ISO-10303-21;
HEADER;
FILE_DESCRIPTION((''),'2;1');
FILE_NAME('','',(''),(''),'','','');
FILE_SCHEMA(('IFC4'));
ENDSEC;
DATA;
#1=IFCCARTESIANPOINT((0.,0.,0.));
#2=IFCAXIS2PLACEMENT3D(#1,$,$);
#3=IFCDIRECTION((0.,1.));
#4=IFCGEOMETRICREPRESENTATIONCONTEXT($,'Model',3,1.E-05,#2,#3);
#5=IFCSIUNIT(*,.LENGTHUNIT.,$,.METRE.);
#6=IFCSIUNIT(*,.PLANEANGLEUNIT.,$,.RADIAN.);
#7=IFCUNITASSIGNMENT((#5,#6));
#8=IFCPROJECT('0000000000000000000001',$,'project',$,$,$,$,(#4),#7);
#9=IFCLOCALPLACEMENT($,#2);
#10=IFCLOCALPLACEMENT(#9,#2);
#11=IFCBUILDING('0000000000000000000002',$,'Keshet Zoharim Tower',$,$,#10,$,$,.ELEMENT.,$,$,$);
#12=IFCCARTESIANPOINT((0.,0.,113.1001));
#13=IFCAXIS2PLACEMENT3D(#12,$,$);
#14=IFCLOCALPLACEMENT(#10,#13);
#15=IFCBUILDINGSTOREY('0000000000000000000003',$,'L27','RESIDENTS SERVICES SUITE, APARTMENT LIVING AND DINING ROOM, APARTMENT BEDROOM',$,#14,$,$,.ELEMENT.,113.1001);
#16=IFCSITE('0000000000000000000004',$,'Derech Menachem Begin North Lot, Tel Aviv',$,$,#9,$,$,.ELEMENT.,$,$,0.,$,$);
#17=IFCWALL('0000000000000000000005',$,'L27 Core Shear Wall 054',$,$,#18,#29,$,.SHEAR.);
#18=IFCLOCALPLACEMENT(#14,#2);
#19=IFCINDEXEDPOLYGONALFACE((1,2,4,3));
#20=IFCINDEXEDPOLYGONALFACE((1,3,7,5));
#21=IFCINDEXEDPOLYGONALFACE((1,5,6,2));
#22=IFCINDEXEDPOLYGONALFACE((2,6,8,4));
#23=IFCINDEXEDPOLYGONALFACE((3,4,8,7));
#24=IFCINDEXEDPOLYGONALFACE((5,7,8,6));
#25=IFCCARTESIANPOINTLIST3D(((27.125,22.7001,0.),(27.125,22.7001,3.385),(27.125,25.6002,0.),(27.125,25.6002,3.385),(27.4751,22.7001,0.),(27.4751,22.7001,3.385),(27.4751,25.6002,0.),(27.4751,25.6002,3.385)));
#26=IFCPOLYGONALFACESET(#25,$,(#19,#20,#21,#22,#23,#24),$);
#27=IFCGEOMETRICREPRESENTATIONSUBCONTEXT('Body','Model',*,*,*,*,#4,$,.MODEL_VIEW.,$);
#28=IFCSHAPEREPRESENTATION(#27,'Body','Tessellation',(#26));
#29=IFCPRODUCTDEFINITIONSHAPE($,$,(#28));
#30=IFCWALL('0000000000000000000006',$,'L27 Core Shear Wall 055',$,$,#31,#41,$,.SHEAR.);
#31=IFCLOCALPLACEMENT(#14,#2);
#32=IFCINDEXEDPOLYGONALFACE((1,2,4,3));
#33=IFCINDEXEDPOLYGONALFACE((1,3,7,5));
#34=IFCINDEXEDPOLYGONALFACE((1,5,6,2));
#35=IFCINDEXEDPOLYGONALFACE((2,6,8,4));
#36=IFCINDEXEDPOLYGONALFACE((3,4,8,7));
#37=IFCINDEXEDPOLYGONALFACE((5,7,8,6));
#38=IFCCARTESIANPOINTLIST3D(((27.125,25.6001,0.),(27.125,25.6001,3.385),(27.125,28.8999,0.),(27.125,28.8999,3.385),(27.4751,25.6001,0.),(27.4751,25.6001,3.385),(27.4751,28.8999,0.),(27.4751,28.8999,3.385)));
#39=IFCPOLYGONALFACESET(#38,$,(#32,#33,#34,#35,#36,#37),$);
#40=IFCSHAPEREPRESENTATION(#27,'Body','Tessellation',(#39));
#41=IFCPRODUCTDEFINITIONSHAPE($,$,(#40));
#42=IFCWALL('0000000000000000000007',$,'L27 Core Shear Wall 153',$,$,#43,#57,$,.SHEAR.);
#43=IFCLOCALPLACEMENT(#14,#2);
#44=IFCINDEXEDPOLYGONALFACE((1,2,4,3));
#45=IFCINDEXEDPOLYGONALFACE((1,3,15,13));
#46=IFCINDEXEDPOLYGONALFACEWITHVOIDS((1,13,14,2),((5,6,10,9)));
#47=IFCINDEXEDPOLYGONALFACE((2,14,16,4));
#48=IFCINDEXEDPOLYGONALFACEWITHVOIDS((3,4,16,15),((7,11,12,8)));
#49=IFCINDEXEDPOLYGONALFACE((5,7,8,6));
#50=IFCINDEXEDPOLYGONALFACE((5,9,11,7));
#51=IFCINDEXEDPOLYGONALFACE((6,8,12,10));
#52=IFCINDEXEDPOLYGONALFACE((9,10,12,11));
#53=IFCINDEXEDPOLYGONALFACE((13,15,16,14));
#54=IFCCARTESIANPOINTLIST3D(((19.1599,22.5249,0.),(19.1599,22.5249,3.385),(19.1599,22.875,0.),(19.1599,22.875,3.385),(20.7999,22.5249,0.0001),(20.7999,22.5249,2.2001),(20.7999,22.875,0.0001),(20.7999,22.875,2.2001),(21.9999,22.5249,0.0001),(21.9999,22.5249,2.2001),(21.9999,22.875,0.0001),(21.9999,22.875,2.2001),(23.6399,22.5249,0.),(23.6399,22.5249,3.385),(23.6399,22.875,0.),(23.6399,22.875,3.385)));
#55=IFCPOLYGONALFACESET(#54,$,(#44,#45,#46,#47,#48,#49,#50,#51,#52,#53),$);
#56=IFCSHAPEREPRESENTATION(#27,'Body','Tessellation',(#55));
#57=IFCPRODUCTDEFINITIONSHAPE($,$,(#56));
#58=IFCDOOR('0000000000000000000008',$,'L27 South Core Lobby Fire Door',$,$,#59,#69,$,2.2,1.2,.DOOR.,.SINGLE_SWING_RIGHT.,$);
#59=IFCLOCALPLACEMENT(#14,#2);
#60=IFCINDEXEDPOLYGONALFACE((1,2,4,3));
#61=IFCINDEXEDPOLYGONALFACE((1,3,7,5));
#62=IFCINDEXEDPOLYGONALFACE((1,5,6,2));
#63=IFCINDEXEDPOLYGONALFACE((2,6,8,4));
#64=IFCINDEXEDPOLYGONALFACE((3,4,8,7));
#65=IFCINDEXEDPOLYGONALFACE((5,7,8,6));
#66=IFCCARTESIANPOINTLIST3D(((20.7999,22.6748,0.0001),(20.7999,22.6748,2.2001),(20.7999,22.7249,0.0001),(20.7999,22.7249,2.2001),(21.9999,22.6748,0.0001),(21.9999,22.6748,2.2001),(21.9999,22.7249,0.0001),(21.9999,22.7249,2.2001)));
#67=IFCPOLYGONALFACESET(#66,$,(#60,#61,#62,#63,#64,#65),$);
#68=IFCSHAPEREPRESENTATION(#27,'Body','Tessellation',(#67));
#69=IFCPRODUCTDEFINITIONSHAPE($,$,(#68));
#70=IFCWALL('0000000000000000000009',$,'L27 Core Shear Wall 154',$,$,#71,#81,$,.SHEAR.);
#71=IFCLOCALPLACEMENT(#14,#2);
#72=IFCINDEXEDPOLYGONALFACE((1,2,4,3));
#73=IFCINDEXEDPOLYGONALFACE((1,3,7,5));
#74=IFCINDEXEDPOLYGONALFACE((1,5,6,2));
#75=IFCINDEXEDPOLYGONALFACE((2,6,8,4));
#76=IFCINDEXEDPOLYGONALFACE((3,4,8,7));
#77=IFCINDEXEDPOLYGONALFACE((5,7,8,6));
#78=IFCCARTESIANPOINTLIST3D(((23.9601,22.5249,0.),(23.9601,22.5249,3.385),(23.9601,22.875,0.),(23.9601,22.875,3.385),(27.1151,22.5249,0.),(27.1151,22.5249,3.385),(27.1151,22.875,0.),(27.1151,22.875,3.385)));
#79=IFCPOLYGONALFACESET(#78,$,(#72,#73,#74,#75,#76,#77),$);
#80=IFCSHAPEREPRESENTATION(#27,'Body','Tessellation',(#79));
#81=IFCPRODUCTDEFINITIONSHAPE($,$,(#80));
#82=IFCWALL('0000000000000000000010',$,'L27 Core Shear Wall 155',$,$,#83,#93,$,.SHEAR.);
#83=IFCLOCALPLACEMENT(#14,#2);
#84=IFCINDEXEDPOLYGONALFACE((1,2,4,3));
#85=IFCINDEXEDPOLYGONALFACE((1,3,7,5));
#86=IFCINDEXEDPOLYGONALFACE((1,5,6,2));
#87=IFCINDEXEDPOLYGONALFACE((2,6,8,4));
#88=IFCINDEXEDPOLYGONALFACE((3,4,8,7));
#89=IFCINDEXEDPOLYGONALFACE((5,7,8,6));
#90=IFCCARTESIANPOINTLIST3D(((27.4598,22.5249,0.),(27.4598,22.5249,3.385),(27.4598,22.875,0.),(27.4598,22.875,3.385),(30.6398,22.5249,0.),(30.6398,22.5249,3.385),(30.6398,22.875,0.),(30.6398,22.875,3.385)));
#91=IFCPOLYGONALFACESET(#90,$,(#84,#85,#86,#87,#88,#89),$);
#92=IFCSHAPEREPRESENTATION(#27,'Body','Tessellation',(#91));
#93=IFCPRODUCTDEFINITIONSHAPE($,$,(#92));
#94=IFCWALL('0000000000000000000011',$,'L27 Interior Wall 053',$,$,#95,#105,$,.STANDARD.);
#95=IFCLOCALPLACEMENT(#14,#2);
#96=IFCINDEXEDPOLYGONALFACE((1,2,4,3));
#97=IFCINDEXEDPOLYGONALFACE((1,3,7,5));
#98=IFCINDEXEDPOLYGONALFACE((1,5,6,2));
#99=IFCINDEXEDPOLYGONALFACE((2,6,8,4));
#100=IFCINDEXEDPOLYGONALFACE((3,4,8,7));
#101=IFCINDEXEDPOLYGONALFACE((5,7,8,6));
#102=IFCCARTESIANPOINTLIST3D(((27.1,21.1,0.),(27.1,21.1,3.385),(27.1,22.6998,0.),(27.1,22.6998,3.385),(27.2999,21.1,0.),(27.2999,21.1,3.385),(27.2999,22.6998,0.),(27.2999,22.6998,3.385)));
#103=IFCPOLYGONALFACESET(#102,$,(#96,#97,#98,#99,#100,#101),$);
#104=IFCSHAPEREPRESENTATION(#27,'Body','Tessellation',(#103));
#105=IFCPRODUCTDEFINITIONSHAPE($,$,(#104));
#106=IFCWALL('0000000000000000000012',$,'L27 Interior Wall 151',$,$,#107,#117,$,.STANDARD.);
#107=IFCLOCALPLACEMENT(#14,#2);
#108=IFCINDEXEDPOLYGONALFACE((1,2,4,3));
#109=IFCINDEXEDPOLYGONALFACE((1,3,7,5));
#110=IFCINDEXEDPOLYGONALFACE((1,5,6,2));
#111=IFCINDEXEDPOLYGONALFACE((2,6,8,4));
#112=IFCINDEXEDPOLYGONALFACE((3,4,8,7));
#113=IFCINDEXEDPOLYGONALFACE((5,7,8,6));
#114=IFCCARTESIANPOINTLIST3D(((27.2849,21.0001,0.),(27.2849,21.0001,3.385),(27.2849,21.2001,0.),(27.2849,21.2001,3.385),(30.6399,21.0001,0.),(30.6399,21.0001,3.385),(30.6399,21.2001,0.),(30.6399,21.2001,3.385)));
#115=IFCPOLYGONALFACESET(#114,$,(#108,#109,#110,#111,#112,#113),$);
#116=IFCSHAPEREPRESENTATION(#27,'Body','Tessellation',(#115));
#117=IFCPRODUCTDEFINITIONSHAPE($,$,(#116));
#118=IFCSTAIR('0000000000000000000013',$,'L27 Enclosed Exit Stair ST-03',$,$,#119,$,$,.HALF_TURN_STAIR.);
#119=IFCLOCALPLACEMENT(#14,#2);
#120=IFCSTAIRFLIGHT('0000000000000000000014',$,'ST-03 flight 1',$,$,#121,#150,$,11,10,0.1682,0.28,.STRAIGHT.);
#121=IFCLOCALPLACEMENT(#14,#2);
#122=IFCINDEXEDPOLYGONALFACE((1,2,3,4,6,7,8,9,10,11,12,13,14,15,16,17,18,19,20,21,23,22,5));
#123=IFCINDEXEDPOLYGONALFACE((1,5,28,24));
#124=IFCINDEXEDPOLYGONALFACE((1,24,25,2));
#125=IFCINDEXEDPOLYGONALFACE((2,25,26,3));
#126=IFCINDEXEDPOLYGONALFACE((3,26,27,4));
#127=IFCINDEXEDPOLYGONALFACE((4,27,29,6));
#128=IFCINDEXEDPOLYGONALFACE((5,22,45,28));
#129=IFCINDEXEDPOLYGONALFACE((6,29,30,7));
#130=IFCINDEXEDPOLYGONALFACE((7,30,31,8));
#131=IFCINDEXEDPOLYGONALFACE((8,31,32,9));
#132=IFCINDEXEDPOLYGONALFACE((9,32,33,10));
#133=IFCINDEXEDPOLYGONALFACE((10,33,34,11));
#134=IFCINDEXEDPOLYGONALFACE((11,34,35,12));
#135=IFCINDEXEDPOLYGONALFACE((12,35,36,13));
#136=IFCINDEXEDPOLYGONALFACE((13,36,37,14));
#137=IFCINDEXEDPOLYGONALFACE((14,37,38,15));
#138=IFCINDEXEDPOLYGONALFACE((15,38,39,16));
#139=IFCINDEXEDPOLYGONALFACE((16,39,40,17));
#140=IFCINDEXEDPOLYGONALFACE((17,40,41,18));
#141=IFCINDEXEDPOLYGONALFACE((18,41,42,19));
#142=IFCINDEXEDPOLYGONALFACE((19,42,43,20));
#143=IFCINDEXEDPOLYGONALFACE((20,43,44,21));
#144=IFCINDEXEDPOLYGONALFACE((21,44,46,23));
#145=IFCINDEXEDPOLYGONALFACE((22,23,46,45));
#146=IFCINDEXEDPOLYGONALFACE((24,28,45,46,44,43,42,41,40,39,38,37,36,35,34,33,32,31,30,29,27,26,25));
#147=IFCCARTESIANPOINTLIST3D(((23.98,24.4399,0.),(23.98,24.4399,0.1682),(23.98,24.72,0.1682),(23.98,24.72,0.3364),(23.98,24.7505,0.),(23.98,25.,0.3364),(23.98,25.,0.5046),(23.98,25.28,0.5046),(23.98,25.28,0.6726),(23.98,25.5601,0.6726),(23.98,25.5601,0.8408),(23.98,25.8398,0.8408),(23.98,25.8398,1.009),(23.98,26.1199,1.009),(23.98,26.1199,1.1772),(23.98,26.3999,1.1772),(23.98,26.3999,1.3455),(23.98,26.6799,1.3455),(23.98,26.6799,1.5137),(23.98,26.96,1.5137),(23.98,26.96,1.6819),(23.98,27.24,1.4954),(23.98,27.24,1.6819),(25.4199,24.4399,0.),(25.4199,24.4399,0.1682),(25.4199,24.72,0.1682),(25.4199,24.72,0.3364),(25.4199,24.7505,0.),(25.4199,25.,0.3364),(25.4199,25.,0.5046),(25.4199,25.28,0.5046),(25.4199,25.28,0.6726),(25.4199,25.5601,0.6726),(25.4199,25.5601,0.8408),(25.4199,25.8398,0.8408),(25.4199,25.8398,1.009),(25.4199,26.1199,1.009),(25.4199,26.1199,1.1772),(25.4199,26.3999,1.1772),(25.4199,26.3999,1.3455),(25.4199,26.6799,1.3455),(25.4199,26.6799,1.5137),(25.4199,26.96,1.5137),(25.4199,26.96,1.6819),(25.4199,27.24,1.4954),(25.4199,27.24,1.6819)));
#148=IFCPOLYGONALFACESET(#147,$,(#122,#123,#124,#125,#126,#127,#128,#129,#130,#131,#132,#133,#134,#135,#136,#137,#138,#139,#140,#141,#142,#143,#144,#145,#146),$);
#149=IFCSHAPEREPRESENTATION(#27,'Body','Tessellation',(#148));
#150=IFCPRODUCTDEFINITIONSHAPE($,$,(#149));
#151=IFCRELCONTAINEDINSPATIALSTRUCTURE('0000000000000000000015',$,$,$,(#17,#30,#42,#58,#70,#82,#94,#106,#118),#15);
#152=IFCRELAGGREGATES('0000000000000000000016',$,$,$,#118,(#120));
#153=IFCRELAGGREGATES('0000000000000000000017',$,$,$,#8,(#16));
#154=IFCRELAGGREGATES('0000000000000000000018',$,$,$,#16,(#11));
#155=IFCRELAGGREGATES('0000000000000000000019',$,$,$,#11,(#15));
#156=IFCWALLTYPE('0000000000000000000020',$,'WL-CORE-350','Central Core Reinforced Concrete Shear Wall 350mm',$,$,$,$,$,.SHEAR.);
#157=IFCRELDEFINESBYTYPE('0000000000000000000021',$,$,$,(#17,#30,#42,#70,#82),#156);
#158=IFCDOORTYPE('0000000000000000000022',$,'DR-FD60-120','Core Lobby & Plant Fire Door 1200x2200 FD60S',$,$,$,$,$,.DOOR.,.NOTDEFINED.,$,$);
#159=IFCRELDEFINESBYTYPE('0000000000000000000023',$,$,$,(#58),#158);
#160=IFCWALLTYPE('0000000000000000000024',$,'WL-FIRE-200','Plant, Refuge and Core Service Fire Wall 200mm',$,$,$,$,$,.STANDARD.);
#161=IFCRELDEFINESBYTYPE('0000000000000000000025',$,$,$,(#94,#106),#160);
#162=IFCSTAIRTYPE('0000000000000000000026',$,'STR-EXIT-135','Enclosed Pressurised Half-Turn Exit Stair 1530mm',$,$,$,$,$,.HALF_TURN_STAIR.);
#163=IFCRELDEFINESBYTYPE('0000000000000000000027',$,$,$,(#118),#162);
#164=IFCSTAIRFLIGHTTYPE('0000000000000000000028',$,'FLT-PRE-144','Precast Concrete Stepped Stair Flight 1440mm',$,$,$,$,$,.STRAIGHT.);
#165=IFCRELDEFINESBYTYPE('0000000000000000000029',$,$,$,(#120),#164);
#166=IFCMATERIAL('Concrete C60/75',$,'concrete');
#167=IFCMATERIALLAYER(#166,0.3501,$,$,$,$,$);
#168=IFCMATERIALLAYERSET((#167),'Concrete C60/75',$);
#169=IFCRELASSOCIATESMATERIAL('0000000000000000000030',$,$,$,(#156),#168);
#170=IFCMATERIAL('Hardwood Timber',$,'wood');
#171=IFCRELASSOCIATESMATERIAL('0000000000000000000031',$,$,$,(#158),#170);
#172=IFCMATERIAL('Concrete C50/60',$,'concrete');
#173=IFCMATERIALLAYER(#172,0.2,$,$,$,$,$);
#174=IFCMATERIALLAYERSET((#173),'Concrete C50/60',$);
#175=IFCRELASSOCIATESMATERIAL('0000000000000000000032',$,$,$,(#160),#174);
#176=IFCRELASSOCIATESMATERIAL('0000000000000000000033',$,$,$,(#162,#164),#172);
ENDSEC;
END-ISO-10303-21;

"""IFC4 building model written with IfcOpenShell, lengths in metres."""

from ifc_helpers import new_model, si_unit, direction, frame, frame_2d, origin, place, context, subcontext, project, spatial, polyline, rectangle, outline, extrude, material, layer, layer_set, type_object, element, fill, aggregate, save


model = new_model("IFC4")

# Units and contexts
model_context = context("Model", 3, precision=1e-05, world=origin(), true_north=direction((0.0, 1.0)))
body_context = subcontext(model_context, "Body", "Model", "MODEL_VIEW")
ifc_project = project(units=[si_unit("LENGTHUNIT", "METRE"), si_unit("PLANEANGLEUNIT", "RADIAN")], contexts=[model_context])

# Site, building, storey
site_placement = place(None, origin())
site = spatial("IfcSite", under=ifc_project, at=site_placement, Name="Derech Menachem Begin North Lot, Tel Aviv", CompositionType="ELEMENT", RefElevation=0.0)
building_placement = place(site_placement, origin())
building = spatial("IfcBuilding", under=site, at=building_placement, Name="Keshet Zoharim Tower", CompositionType="ELEMENT")
storey_placement = place(building_placement, frame((0.0, 0.0, 113.1001)))
storey = spatial("IfcBuildingStorey", under=building, at=storey_placement, Name="L27", Description="RESIDENTS SERVICES SUITE, APARTMENT LIVING AND DINING ROOM, APARTMENT BEDROOM", CompositionType="ELEMENT", Elevation=113.1001)

# Shared definitions
ifc_material_1 = material(Name="Concrete C60/75", Category="concrete")
ifc_layer_1 = layer(ifc_material_1, 0.3501)
ifc_layer_set_1 = layer_set([ifc_layer_1], Name="Concrete C60/75")
wall_type_1 = type_object("IfcWallType", Name="WL-CORE-350", Description="Central Core Reinforced Concrete Shear Wall 350mm", PredefinedType="SHEAR", material=ifc_layer_set_1)
ifc_material_2 = material(Name="Hardwood Timber", Category="wood")

# Walls
wall_1_placement = place(storey_placement, frame((27.3, 22.7, 0.0), z_axis=(0.0, 0.0, 1.0), x_axis=(0.0, 1.0, 0.0)))
element("IfcWall", 1, at=wall_1_placement, inside=storey, type_object=wall_type_1, Name="L27 Core Shear Wall 054", PredefinedType="SHEAR", context=body_context, shape_type="SweptSolid", body=[
    extrude(rectangle(XDim=2.9001, YDim=0.3501, at=frame_2d((1.4502, 0.0))), origin(), (0.0, 0.0, 1.0), 3.385),
])
wall_2_placement = place(storey_placement, frame((27.3, 25.6001, 0.0), z_axis=(0.0, 0.0, 1.0), x_axis=(0.0, 1.0, 0.0)))
element("IfcWall", 2, at=wall_2_placement, inside=storey, type_object=wall_type_1, Name="L27 Core Shear Wall 055", PredefinedType="SHEAR", context=body_context, shape_type="SweptSolid", body=[
    extrude(rectangle(XDim=3.2998, YDim=0.3501, at=frame_2d((1.6499, 0.0))), origin(), (0.0, 0.0, 1.0), 3.385),
])

# Wall, opening, door
wall_3_placement = place(storey_placement, frame((19.1599, 22.7, 0.0), z_axis=(0.0, 0.0, 1.0), x_axis=(1.0, 0.0, 0.0)))
wall_3 = element("IfcWall", 3, at=wall_3_placement, inside=storey, type_object=wall_type_1, Name="L27 Core Shear Wall 153", PredefinedType="SHEAR", context=body_context, shape_type="SweptSolid", body=[
    extrude(rectangle(XDim=4.48, YDim=0.3501, at=frame_2d((2.24, 0.0))), origin(), (0.0, 0.0, 1.0), 3.385),
])
opening_1_placement = place(wall_3_placement, frame((1.6399, 0.0, 0.0)))
opening_1 = element("IfcOpeningElement", 4, at=opening_1_placement, cuts=wall_3, PredefinedType="OPENING", context=body_context, shape_type="SweptSolid", body=[
    extrude(rectangle(XDim=1.2, YDim=2.2, at=frame_2d((0.6001, 1.1001))), frame((0.0, 0.1851, 0.0), z_axis=(0.0, -1.0, 0.0), x_axis=(1.0, 0.0, 0.0)), (0.0, 0.0, 1.0), 0.3701),
])
door_type_1 = type_object("IfcDoorType", Name="DR-FD60-120", Description="Core Lobby & Plant Fire Door 1200x2200 FD60S", OperationType="NOTDEFINED", PredefinedType="DOOR", material=ifc_material_2)
door_1_placement = place(opening_1_placement, origin())
door_1 = element("IfcDoor", 5, at=door_1_placement, inside=storey, type_object=door_type_1, Name="L27 South Core Lobby Fire Door", OperationType="SINGLE_SWING_RIGHT", OverallHeight=2.2, OverallWidth=1.2, PredefinedType="DOOR", context=body_context, shape_type="SweptSolid", body=[
    extrude(rectangle(XDim=1.2, YDim=2.2, at=frame_2d((0.6001, 1.1001))), frame((0.0, 0.0249, 0.0), z_axis=(0.0, -1.0, 0.0), x_axis=(1.0, 0.0, 0.0)), (0.0, 0.0, 1.0), 0.05),
])
fill(opening_1, door_1)

# Walls
wall_4_placement = place(storey_placement, frame((23.96, 22.7, 0.0), z_axis=(0.0, 0.0, 1.0), x_axis=(1.0, 0.0, 0.0)))
element("IfcWall", 6, at=wall_4_placement, inside=storey, type_object=wall_type_1, Name="L27 Core Shear Wall 154", PredefinedType="SHEAR", context=body_context, shape_type="SweptSolid", body=[
    extrude(rectangle(XDim=3.155, YDim=0.3501, at=frame_2d((1.5776, 0.0))), origin(), (0.0, 0.0, 1.0), 3.385),
])
wall_5_placement = place(storey_placement, frame((27.46, 22.7, 0.0), z_axis=(0.0, 0.0, 1.0), x_axis=(1.0, 0.0, 0.0)))
element("IfcWall", 7, at=wall_5_placement, inside=storey, type_object=wall_type_1, Name="L27 Core Shear Wall 155", PredefinedType="SHEAR", context=body_context, shape_type="SweptSolid", body=[
    extrude(rectangle(XDim=3.1799, YDim=0.3501, at=frame_2d((1.5898, 0.0))), origin(), (0.0, 0.0, 1.0), 3.385),
])
ifc_material_3 = material(Name="Concrete C50/60", Category="concrete")
ifc_layer_2 = layer(ifc_material_3, 0.2)
ifc_layer_set_2 = layer_set([ifc_layer_2], Name="Concrete C50/60")
wall_type_2 = type_object("IfcWallType", Name="WL-FIRE-200", Description="Plant, Refuge and Core Service Fire Wall 200mm", PredefinedType="STANDARD", material=ifc_layer_set_2)
wall_6_placement = place(storey_placement, frame((27.2, 21.1001, 0.0), z_axis=(0.0, 0.0, 1.0), x_axis=(0.0, 1.0, 0.0)))
element("IfcWall", 8, at=wall_6_placement, inside=storey, type_object=wall_type_2, Name="L27 Interior Wall 053", PredefinedType="STANDARD", context=body_context, shape_type="SweptSolid", body=[
    extrude(rectangle(XDim=1.5999, YDim=0.2, at=frame_2d((0.7998, 0.0))), origin(), (0.0, 0.0, 1.0), 3.385),
])

# Wall
wall_7_placement = place(storey_placement, frame((27.2849, 21.1001, 0.0), z_axis=(0.0, 0.0, 1.0), x_axis=(1.0, 0.0, 0.0)))
element("IfcWall", 9, at=wall_7_placement, inside=storey, type_object=wall_type_2, Name="L27 Interior Wall 151", PredefinedType="STANDARD", context=body_context, shape_type="SweptSolid", body=[
    extrude(rectangle(XDim=3.355, YDim=0.2, at=frame_2d((1.6775, 0.0))), origin(), (0.0, 0.0, 1.0), 3.385),
])

# Stair, stair flight
stair_type = type_object("IfcStairType", Name="STR-EXIT-135", Description="Enclosed Pressurised Half-Turn Exit Stair 1530mm", PredefinedType="HALF_TURN_STAIR", material=ifc_material_3)
stair_placement = place(storey_placement, origin())
stair = element("IfcStair", 10, at=stair_placement, inside=storey, type_object=stair_type, Name="L27 Enclosed Exit Stair ST-03", PredefinedType="HALF_TURN_STAIR")
stair_flight_type = type_object("IfcStairFlightType", Name="FLT-PRE-144", Description="Precast Concrete Stepped Stair Flight 1440mm", PredefinedType="STRAIGHT", material=ifc_material_3)
stair_flight_placement = place(storey_placement, frame((24.7, 24.4399, 0.0), z_axis=(0.0, 0.0, 1.0), x_axis=(0.0, 1.0, 0.0)))
stair_flight = element("IfcStairFlight", 11, at=stair_flight_placement, type_object=stair_flight_type, Name="ST-03 flight 1", NumberOfRisers=11, NumberOfTreads=10, PredefinedType="STRAIGHT", RiserHeight=0.1682, TreadLength=0.28, context=body_context, shape_type="SweptSolid", body=[
    extrude(outline(polyline([(0.0, 0.0), (0.0, 0.1682), (0.28, 0.1682), (0.28, 0.3364), (0.5601, 0.3364), (0.5601, 0.5046), (0.8401, 0.5046), (0.8401, 0.6726), (1.1201, 0.6726), (1.1201, 0.8408), (1.3999, 0.8408), (1.3999, 1.009), (1.6799, 1.009), (1.6799, 1.1772), (1.96, 1.1772), (1.96, 1.3455), (2.24, 1.3455), (2.24, 1.5137), (2.52, 1.5137), (2.52, 1.6819), (2.8, 1.6819), (2.8, 1.8501), (2.8, 1.4954), (0.3105, 0.0), (0.0, 0.0)])), frame((0.0, 0.72, 0.0), z_axis=(0.0, -1.0, 0.0), x_axis=(1.0, 0.0, 0.0)), (0.0, 0.0, 1.0), 1.4399),
])
aggregate(stair, [stair_flight])

save(model, "model.ifc")
